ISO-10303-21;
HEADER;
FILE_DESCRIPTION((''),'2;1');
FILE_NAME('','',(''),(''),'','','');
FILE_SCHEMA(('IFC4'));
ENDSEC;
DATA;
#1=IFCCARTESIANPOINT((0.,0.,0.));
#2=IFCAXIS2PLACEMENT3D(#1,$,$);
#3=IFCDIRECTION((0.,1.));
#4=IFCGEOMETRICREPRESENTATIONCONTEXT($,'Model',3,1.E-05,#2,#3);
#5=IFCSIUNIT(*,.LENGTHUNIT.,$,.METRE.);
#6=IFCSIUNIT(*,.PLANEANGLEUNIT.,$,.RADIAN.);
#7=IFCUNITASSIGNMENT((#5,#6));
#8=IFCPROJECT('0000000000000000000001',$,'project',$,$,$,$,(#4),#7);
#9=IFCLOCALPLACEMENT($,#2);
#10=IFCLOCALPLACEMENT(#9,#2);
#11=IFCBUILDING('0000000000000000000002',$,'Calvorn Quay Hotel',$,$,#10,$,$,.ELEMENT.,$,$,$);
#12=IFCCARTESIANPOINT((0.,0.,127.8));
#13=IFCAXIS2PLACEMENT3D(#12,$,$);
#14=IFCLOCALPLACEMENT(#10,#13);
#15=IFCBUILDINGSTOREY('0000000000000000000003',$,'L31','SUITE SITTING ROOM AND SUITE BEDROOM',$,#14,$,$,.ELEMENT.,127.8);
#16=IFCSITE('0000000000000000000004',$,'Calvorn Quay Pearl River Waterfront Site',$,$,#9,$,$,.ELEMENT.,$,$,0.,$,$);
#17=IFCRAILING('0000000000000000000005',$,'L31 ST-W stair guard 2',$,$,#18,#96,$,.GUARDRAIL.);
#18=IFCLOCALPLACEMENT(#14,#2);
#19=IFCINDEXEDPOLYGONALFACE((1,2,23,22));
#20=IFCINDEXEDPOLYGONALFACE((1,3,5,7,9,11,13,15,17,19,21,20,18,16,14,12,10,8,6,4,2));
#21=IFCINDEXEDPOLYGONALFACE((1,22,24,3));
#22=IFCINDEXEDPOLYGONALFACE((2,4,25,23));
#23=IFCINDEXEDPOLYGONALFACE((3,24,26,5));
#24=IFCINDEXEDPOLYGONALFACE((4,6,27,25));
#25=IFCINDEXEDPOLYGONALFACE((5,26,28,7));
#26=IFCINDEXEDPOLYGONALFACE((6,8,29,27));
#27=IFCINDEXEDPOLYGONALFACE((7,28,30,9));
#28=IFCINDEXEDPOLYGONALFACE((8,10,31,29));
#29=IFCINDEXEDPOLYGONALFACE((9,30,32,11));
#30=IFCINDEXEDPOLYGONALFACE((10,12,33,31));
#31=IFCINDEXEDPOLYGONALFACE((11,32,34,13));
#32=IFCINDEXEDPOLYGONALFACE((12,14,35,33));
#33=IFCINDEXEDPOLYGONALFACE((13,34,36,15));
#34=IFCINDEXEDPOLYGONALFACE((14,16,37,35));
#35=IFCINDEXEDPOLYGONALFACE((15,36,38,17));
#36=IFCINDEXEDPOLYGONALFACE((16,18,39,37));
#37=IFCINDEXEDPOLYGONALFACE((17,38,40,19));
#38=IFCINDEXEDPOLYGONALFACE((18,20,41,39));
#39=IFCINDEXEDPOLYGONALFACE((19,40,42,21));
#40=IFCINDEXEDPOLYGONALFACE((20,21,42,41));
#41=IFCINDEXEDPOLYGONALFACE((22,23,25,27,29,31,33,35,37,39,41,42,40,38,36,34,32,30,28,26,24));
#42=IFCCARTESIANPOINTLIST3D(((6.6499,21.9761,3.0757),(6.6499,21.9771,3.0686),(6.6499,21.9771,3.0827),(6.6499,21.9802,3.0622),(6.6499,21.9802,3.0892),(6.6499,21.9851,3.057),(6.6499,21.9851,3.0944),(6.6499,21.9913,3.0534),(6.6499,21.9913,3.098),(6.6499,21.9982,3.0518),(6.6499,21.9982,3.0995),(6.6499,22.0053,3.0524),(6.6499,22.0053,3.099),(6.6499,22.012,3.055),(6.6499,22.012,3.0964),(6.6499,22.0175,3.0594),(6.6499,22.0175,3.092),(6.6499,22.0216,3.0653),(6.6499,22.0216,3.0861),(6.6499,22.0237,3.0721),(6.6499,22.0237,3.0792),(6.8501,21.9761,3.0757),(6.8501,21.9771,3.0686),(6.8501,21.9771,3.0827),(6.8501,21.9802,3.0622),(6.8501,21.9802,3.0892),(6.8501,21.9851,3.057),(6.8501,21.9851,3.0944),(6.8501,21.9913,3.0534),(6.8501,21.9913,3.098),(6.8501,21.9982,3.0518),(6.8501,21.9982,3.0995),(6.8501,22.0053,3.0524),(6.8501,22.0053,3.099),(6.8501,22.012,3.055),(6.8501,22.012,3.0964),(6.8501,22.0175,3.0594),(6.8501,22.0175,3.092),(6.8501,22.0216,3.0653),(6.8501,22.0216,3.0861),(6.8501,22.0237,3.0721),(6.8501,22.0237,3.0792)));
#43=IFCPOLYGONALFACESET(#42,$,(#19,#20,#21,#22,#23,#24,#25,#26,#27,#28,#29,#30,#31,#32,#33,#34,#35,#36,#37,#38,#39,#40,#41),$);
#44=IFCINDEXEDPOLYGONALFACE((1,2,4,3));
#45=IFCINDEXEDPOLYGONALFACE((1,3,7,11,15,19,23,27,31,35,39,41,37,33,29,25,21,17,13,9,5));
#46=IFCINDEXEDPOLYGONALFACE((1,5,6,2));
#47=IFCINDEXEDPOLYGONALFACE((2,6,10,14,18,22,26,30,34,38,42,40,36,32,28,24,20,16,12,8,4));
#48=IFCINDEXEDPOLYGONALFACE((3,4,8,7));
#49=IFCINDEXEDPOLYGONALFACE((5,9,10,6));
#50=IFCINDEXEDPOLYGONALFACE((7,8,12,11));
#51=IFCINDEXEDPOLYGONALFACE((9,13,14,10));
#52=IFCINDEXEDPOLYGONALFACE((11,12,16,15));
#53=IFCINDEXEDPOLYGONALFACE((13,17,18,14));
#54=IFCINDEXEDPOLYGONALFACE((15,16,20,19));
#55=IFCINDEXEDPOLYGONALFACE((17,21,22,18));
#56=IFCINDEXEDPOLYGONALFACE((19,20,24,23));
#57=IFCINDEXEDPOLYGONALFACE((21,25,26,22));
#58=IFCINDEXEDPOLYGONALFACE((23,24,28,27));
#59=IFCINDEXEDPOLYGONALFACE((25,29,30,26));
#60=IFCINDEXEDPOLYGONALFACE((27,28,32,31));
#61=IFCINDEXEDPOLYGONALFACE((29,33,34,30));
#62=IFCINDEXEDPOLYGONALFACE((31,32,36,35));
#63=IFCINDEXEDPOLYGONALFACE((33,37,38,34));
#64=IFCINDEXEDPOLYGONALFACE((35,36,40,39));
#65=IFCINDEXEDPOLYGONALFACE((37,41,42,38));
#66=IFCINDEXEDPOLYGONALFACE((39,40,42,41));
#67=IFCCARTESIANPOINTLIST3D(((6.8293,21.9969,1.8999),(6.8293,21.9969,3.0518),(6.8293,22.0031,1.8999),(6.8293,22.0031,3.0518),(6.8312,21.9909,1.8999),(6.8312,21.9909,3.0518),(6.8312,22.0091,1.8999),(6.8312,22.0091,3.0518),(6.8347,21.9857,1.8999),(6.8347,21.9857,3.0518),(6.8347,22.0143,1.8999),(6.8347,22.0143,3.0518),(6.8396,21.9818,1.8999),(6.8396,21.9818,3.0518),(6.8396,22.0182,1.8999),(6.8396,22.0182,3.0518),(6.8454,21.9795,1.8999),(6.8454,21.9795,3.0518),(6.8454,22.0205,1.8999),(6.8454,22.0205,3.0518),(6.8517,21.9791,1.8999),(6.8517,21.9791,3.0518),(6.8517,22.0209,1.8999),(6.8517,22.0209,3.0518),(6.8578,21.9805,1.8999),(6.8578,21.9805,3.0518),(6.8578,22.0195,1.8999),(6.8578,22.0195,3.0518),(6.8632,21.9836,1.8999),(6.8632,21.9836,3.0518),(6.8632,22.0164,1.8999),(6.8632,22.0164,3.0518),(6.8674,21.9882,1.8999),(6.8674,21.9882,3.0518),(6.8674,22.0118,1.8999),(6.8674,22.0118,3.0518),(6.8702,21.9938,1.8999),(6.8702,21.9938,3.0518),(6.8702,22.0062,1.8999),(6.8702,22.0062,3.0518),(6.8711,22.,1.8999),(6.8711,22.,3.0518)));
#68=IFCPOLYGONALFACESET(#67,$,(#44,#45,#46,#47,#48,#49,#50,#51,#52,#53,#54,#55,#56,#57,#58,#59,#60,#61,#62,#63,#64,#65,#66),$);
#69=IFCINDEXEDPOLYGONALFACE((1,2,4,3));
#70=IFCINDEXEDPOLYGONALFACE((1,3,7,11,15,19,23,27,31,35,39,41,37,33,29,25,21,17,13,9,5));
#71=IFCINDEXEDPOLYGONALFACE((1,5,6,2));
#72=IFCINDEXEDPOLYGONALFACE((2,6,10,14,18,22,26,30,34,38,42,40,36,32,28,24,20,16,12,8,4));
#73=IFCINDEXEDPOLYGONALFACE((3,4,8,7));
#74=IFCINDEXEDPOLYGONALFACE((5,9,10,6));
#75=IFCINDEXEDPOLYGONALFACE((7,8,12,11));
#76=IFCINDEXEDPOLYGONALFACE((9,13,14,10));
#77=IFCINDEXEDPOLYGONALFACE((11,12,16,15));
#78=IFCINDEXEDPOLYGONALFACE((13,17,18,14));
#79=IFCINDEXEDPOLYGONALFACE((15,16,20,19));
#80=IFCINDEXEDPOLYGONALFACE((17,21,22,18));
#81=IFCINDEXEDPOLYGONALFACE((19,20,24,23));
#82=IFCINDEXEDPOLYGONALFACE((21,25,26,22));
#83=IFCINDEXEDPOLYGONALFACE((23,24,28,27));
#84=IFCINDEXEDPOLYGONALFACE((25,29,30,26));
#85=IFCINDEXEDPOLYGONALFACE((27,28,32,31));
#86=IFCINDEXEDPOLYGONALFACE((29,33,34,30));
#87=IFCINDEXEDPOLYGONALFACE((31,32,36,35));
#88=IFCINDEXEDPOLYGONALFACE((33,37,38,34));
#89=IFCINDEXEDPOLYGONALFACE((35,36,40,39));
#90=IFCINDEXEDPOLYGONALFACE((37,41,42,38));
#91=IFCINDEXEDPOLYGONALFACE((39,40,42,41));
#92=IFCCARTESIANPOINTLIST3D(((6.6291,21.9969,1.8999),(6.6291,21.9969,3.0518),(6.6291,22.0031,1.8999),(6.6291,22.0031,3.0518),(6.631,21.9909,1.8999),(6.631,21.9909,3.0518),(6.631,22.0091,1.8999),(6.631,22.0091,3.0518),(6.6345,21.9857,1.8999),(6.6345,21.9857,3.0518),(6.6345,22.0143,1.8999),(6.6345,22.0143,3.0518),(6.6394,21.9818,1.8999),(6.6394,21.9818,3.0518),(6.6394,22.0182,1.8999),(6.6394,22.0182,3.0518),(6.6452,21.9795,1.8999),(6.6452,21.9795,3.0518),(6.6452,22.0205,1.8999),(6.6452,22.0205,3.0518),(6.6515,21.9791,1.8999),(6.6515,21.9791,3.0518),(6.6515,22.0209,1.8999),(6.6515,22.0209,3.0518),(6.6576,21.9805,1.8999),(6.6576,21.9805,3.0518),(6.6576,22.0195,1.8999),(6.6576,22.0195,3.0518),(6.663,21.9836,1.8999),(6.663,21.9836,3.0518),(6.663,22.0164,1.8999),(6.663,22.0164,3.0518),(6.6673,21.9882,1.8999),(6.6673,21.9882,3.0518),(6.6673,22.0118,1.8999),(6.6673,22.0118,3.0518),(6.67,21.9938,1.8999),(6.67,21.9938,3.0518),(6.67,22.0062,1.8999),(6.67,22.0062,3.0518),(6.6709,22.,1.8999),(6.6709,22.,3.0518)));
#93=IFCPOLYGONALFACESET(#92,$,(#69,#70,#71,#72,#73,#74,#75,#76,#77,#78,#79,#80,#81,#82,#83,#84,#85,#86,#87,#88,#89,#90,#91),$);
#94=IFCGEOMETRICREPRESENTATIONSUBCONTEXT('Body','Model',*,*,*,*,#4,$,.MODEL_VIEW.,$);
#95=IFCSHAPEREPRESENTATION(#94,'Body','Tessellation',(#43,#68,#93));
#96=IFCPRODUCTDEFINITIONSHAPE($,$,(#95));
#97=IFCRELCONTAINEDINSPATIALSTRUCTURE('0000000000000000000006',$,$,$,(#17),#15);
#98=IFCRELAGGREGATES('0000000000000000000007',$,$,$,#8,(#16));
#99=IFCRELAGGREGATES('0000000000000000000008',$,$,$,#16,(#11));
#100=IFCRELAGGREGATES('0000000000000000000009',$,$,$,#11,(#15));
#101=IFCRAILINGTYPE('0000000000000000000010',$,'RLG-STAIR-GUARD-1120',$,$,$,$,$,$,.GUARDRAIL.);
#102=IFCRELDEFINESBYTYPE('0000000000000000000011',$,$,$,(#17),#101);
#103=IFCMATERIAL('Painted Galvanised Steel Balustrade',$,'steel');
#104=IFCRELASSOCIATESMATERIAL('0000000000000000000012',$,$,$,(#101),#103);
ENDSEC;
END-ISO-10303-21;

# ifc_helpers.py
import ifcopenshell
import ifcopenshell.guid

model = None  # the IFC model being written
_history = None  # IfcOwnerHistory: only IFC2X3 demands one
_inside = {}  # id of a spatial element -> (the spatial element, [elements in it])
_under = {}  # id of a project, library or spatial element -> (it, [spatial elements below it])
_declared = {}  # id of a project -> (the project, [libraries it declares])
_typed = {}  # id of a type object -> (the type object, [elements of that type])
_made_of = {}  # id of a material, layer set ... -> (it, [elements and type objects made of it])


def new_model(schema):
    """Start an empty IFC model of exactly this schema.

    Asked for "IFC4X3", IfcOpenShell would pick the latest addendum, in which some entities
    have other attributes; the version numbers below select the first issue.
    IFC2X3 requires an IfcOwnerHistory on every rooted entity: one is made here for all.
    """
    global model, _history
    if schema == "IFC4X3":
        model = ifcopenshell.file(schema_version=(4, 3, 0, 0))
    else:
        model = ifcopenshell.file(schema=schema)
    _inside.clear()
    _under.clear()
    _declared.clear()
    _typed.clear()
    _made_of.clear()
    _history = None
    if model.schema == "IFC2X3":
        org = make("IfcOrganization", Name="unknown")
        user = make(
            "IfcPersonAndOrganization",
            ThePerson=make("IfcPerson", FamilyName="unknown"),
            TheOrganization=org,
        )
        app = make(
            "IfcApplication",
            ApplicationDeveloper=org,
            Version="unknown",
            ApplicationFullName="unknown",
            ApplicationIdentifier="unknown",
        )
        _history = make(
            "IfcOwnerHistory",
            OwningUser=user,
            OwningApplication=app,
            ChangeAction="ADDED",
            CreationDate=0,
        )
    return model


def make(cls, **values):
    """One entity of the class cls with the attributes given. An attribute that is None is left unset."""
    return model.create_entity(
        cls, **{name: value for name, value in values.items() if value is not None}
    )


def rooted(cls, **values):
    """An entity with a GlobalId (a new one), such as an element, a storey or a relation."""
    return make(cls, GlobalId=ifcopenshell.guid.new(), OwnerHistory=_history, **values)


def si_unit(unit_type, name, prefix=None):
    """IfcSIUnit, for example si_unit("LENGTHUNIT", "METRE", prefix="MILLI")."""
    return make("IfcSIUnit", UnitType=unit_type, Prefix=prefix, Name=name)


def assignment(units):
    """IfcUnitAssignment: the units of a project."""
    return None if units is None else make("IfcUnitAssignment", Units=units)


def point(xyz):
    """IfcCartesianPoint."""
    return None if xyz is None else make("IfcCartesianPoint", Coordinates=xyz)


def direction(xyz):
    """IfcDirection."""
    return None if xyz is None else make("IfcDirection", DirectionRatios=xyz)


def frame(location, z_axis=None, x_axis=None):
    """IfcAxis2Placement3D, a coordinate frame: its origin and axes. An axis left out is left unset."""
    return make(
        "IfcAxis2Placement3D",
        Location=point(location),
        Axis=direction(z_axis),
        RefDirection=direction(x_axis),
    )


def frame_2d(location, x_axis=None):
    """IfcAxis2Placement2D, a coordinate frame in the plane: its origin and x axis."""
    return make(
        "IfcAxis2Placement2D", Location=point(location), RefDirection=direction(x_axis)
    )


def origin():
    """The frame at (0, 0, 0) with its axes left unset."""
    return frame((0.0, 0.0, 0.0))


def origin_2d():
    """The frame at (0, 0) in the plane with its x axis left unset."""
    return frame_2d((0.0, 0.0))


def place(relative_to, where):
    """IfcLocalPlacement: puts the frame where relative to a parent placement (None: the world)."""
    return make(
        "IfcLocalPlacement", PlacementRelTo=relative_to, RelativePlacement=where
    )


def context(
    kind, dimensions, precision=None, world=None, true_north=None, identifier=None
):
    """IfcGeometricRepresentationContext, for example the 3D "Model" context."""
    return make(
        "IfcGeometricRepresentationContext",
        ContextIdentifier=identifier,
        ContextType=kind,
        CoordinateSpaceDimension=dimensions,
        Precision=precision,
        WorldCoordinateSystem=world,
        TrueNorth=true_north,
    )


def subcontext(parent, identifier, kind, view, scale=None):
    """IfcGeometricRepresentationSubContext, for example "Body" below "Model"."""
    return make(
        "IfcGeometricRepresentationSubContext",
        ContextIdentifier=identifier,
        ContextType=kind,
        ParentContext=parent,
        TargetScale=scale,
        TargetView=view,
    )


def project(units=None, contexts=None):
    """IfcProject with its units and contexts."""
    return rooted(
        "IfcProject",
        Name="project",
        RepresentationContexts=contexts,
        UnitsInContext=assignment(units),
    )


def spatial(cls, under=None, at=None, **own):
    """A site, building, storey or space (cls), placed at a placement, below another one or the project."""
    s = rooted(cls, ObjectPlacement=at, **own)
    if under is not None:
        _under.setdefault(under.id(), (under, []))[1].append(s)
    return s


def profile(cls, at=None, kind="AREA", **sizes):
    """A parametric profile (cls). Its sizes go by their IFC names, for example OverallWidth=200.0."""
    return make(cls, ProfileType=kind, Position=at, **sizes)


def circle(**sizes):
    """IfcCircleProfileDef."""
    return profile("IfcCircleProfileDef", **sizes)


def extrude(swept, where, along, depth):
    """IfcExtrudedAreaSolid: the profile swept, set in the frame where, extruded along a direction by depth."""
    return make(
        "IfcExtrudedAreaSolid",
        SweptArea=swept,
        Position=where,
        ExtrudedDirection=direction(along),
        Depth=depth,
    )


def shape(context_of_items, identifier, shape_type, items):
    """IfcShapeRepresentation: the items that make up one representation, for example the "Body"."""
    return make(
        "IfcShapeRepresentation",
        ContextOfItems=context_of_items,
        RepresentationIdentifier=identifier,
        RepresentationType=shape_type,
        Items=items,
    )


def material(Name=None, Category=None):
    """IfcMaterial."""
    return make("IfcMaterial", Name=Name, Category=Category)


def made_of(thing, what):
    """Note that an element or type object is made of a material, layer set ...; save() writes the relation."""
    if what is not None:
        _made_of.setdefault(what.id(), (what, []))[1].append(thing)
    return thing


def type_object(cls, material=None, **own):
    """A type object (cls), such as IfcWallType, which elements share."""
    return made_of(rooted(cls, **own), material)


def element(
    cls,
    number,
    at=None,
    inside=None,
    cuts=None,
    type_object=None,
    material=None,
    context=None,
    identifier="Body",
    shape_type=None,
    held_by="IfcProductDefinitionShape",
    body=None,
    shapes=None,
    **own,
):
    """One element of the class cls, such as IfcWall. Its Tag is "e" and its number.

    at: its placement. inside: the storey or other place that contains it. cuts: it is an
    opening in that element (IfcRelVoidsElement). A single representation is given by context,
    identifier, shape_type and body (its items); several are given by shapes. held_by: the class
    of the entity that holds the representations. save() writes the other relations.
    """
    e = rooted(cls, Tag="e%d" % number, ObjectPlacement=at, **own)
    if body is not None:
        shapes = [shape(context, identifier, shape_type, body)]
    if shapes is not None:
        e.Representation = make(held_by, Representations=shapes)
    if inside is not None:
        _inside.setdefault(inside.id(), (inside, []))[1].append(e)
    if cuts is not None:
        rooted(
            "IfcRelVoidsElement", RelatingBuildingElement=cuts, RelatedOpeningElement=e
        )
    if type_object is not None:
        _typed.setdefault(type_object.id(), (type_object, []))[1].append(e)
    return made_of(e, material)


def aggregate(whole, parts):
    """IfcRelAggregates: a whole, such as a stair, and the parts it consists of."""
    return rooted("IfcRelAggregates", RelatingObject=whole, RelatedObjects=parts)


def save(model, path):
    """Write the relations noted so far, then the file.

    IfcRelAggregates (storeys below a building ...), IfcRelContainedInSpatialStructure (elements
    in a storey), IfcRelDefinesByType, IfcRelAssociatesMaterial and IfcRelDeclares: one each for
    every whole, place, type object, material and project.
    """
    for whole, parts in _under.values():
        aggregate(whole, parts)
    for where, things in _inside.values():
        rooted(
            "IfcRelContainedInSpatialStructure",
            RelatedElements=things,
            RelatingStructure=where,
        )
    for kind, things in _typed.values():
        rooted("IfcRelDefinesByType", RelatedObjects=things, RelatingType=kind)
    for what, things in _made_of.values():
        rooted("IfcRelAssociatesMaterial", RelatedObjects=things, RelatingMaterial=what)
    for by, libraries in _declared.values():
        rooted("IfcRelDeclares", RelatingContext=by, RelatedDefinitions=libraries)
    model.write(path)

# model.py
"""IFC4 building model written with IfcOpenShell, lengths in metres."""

from ifc_helpers import new_model, si_unit, direction, frame, origin, origin_2d, place, context, subcontext, project, spatial, circle, extrude, material, type_object, element, save


model = new_model("IFC4")

# Units and contexts
model_context = context("Model", 3, precision=1e-05, world=origin(), true_north=direction((0.0, 1.0)))
body_context = subcontext(model_context, "Body", "Model", "MODEL_VIEW")
ifc_project = project(units=[si_unit("LENGTHUNIT", "METRE"), si_unit("PLANEANGLEUNIT", "RADIAN")], contexts=[model_context])

# Site, building, storey
site_placement = place(None, origin())
site = spatial("IfcSite", under=ifc_project, at=site_placement, Name="Calvorn Quay Pearl River Waterfront Site", CompositionType="ELEMENT", RefElevation=0.0)
building_placement = place(site_placement, origin())
building = spatial("IfcBuilding", under=site, at=building_placement, Name="Calvorn Quay Hotel", CompositionType="ELEMENT")
storey_placement = place(building_placement, frame((0.0, 0.0, 127.8)))
storey = spatial("IfcBuildingStorey", under=building, at=storey_placement, Name="L31", Description="SUITE SITTING ROOM AND SUITE BEDROOM", CompositionType="ELEMENT", Elevation=127.8)

# Railing
ifc_material_1 = material(Name="Painted Galvanised Steel Balustrade", Category="steel")
railing_type_1 = type_object("IfcRailingType", Name="RLG-STAIR-GUARD-1120", PredefinedType="GUARDRAIL", material=ifc_material_1)
railing_1_placement = place(storey_placement, frame((6.8501, 22.0, 1.8999)))
element("IfcRailing", 1, at=railing_1_placement, inside=storey, type_object=railing_type_1, Name="L31 ST-W stair guard 2", PredefinedType="GUARDRAIL", context=body_context, shape_type="SweptSolid", body=[
    extrude(circle(Radius=0.0239, at=origin_2d()), frame((0.0, 0.0, 1.1758), z_axis=(-1.0, 0.0, 0.0), x_axis=(0.0, -1.0, 0.0)), (0.0, 0.0, 1.0), 0.2002),
    extrude(circle(Radius=0.021, at=origin_2d()), origin(), (0.0, 0.0, 1.0), 1.1519),
    extrude(circle(Radius=0.021, at=origin_2d()), frame((-0.2002, 0.0, 0.0)), (0.0, 0.0, 1.0), 1.1519),
])

save(model, "model.ifc")
